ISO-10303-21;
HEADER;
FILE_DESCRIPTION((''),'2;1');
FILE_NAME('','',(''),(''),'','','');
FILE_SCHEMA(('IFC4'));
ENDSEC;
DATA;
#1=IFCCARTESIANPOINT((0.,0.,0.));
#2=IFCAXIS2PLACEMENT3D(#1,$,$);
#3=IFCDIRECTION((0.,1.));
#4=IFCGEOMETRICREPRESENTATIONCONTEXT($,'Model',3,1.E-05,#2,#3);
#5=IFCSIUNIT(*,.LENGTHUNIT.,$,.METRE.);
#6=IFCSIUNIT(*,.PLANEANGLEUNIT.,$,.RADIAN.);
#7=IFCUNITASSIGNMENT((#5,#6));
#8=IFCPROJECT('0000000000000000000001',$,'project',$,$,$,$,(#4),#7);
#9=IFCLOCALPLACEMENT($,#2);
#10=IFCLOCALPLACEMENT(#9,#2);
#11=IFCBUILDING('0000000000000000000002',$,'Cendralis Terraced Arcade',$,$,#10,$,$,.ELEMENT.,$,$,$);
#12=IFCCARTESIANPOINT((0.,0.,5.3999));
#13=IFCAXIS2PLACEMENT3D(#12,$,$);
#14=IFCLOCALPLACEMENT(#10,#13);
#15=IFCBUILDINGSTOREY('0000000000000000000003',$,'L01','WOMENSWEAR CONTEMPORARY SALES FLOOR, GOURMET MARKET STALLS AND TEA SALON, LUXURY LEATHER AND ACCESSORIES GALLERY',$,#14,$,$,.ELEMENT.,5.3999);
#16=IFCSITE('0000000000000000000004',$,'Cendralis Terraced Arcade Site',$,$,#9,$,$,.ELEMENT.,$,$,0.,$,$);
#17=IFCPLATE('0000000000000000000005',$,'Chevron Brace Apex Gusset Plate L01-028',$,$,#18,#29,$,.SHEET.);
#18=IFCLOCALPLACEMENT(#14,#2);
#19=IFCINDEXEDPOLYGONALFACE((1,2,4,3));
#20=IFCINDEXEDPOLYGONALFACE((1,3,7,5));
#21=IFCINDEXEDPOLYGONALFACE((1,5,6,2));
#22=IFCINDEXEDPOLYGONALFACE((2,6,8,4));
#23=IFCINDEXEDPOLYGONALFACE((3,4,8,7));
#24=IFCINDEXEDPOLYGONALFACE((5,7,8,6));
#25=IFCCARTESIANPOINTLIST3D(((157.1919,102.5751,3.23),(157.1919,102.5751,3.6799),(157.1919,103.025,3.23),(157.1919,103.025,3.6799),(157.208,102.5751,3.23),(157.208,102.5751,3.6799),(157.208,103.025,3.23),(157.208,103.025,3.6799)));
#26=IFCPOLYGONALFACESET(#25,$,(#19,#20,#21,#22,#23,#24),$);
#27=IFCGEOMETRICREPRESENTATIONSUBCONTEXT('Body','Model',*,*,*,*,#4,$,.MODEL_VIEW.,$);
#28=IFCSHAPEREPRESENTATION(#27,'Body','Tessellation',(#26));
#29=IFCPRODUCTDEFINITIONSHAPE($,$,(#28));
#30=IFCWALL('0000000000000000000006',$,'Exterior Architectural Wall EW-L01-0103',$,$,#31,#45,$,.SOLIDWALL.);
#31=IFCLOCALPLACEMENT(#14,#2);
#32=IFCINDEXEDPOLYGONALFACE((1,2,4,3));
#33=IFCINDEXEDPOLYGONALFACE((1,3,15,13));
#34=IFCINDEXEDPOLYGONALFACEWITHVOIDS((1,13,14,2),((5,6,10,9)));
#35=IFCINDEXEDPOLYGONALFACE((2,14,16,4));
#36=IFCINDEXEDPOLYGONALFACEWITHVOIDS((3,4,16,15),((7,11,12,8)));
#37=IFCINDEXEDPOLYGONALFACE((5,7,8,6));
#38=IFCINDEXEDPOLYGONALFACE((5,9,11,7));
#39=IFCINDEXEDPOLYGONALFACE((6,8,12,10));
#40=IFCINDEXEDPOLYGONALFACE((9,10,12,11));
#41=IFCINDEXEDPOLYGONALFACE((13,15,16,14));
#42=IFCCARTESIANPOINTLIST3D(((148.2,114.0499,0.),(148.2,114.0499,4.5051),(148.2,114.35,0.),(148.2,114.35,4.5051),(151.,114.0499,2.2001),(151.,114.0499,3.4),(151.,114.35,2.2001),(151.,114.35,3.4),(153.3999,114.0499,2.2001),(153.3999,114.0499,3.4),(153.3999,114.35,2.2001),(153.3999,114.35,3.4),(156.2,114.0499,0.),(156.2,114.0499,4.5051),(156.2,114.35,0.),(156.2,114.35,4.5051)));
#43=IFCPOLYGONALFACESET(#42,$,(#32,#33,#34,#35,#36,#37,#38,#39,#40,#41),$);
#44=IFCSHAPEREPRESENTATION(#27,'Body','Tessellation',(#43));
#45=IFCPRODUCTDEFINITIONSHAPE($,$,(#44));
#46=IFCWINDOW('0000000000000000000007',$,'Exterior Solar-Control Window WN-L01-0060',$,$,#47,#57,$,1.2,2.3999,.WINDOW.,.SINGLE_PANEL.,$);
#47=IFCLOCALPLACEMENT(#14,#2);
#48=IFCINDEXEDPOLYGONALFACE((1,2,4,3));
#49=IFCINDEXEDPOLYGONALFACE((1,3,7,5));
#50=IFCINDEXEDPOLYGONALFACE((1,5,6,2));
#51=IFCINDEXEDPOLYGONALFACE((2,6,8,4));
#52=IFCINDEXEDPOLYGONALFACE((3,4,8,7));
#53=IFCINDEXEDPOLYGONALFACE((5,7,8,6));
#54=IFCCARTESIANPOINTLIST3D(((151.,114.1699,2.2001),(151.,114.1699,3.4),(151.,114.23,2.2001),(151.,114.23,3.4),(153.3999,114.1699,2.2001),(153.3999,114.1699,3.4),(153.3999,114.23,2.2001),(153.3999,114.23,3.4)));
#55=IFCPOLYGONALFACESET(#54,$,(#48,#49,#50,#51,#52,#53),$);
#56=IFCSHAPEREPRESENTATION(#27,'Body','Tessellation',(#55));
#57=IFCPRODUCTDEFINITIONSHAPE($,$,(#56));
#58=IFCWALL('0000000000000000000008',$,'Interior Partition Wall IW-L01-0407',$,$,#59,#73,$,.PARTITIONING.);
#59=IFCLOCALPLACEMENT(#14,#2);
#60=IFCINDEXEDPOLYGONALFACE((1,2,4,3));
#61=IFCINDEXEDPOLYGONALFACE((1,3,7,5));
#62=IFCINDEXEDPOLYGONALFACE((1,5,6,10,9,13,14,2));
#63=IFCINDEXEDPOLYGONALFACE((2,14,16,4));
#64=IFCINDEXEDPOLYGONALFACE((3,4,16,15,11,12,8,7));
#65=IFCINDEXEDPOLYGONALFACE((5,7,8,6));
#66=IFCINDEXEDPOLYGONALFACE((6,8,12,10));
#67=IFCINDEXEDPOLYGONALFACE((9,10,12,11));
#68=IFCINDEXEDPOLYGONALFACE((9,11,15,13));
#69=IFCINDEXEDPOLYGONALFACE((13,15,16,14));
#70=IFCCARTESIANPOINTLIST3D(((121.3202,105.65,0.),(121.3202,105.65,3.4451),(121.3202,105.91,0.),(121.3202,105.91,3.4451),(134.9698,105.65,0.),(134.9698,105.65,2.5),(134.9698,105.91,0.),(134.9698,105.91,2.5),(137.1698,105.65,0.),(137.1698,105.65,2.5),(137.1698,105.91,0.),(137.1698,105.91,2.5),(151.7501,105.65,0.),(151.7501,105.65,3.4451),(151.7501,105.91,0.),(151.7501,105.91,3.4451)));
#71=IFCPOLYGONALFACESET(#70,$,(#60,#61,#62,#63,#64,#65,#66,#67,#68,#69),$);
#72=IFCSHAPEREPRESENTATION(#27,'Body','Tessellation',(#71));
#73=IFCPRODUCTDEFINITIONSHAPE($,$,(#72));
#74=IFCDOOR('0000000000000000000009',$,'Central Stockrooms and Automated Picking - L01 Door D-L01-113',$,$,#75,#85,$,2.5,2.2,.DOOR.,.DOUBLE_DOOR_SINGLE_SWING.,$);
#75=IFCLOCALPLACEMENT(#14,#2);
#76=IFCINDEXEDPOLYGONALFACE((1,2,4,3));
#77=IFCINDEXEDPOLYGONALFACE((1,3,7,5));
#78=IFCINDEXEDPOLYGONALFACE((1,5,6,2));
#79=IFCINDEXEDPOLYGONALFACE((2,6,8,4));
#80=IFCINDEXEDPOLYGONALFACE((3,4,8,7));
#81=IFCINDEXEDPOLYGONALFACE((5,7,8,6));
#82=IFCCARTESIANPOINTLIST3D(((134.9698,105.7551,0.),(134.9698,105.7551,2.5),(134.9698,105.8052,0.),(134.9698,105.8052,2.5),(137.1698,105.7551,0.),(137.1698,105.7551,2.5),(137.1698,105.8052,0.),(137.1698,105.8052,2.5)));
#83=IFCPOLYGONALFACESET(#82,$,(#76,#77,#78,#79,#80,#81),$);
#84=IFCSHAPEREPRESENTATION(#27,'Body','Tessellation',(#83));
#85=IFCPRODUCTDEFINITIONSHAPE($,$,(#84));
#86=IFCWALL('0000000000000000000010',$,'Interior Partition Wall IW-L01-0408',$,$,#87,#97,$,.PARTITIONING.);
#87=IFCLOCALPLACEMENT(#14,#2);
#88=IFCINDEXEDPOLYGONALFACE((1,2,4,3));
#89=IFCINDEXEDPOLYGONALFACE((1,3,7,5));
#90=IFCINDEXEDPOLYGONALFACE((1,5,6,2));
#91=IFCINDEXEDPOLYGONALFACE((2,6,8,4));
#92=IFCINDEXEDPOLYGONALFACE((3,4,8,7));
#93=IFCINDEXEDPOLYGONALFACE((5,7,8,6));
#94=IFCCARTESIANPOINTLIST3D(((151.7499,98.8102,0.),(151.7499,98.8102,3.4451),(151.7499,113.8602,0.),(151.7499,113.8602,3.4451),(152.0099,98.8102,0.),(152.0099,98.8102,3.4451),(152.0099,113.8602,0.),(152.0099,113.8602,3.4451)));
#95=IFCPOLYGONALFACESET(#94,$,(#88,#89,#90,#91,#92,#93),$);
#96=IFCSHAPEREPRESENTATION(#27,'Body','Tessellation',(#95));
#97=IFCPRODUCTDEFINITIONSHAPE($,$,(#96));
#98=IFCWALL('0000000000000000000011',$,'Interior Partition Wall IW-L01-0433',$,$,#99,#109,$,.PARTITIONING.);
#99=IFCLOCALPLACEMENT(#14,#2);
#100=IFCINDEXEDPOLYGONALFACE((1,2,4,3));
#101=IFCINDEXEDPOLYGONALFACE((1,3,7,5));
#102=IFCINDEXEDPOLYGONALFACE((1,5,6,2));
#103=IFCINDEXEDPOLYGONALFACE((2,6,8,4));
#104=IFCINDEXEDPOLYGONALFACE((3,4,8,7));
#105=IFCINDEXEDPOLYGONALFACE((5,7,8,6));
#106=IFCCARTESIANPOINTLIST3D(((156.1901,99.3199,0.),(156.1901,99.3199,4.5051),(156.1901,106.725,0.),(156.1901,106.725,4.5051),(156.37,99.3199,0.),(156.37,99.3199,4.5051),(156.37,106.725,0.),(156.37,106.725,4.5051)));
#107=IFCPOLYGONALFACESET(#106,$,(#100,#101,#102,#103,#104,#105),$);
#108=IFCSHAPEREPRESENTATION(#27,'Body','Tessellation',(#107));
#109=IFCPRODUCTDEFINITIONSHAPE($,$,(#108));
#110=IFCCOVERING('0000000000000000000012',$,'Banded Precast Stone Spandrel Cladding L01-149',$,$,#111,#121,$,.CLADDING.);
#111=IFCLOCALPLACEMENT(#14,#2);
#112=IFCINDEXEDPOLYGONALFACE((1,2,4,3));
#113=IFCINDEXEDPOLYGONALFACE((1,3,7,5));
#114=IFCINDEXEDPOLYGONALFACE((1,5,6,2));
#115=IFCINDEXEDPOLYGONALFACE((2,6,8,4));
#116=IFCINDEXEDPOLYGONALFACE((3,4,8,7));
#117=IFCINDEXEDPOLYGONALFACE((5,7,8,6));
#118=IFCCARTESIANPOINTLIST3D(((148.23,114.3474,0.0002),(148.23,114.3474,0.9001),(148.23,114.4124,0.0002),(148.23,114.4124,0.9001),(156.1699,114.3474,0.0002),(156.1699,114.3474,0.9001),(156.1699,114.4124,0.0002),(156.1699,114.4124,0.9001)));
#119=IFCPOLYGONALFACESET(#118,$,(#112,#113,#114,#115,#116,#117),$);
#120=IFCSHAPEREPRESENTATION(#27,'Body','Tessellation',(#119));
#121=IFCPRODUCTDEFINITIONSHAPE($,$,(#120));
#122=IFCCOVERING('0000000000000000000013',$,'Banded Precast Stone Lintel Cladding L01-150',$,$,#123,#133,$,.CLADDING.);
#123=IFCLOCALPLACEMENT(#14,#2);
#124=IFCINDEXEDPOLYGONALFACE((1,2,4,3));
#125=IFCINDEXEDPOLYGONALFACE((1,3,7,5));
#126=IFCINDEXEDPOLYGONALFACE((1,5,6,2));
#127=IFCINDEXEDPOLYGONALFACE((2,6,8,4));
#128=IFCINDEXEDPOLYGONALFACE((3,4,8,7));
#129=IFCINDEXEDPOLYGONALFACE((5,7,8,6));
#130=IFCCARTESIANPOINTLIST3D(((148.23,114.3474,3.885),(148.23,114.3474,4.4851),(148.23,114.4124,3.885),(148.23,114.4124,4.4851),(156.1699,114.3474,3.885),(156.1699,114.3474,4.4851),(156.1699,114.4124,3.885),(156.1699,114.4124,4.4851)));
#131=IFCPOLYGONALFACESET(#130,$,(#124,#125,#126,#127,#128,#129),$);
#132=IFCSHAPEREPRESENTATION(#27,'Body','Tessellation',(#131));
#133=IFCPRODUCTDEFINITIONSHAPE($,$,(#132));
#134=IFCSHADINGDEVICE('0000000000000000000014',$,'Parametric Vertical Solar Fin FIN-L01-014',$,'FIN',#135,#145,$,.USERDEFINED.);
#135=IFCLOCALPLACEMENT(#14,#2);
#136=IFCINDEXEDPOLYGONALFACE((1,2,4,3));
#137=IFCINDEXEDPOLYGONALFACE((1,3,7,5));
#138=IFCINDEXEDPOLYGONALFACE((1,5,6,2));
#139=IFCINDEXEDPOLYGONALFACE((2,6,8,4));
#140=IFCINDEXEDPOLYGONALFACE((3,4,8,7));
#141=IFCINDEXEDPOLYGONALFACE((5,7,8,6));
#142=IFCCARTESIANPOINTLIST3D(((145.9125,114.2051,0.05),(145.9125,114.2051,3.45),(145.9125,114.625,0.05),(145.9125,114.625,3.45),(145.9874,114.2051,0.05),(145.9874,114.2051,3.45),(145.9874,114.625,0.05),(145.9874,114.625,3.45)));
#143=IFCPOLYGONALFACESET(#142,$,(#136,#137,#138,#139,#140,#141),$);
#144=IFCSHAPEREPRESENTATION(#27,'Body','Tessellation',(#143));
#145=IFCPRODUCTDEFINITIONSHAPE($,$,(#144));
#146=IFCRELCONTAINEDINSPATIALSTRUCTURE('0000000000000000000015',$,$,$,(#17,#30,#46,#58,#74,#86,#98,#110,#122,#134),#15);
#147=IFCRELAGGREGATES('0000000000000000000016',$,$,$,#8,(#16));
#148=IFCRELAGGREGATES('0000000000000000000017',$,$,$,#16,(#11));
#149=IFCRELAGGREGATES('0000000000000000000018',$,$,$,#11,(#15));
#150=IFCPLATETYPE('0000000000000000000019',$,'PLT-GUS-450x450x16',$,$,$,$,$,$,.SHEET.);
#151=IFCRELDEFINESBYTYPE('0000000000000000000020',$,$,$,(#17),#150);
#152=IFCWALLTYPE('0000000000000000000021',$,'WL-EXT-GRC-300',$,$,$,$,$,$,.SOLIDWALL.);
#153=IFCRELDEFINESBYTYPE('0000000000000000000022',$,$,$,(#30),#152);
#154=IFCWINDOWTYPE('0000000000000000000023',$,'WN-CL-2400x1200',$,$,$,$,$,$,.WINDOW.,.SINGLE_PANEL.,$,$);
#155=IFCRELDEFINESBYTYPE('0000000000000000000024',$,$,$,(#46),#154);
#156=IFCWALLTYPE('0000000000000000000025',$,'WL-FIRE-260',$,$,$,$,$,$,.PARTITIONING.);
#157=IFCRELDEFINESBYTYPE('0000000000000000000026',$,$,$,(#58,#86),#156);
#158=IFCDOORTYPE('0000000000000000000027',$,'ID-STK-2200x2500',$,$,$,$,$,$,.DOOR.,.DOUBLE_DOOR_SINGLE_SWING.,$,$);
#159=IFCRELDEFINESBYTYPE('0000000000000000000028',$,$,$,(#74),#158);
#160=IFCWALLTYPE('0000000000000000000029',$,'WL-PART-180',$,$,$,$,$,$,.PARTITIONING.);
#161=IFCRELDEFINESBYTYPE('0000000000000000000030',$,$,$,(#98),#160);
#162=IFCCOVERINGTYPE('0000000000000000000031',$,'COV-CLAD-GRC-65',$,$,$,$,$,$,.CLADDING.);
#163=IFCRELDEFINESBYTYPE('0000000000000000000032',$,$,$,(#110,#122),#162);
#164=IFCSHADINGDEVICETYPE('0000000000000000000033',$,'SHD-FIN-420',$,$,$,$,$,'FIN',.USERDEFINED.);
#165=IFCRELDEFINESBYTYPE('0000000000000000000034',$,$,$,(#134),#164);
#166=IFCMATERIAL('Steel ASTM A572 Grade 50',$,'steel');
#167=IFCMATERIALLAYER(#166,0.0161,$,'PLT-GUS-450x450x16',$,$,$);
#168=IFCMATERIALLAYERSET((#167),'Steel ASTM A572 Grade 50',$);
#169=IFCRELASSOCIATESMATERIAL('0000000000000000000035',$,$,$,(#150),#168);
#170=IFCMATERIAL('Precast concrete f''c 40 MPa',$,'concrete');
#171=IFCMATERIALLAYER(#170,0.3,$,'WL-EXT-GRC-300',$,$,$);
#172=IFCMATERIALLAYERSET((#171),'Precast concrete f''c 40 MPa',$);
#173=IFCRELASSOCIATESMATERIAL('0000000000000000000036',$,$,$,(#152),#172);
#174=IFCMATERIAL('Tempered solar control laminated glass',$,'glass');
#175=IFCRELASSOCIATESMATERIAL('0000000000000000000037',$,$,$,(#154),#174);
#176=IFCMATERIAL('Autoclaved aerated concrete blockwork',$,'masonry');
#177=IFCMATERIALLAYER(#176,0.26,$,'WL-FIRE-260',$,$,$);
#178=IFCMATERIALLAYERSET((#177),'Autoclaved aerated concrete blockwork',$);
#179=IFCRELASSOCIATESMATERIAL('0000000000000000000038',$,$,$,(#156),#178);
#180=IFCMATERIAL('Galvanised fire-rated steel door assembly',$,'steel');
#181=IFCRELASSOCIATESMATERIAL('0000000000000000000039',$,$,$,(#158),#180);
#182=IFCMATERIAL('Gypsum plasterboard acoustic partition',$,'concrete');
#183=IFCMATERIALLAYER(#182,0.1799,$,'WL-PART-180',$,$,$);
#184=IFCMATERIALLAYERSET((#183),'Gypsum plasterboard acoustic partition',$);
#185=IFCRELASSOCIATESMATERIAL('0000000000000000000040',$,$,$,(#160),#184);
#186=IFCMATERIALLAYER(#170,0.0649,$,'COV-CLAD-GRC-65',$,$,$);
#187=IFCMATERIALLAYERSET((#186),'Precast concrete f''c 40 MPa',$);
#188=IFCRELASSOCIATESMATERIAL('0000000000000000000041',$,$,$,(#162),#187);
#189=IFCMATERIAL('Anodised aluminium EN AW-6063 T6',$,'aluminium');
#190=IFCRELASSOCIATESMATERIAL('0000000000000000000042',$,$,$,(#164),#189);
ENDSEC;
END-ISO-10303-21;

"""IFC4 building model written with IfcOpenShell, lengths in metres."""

from ifc_helpers import new_model, si_unit, direction, frame, frame_2d, origin, origin_2d, place, context, subcontext, project, spatial, rectangle, extrude, material, layer, layer_set, type_object, element, fill, save


model = new_model("IFC4")

# Units and contexts
model_context = context("Model", 3, precision=1e-05, world=origin(), true_north=direction((0.0, 1.0)))
body_context = subcontext(model_context, "Body", "Model", "MODEL_VIEW")
ifc_project = project(units=[si_unit("LENGTHUNIT", "METRE"), si_unit("PLANEANGLEUNIT", "RADIAN")], contexts=[model_context])

# Site, building, storey
site_placement = place(None, origin())
site = spatial("IfcSite", under=ifc_project, at=site_placement, Name="Cendralis Terraced Arcade Site", CompositionType="ELEMENT", RefElevation=0.0)
building_placement = place(site_placement, origin())
building = spatial("IfcBuilding", under=site, at=building_placement, Name="Cendralis Terraced Arcade", CompositionType="ELEMENT")
storey_placement = place(building_placement, frame((0.0, 0.0, 5.3999)))
storey = spatial("IfcBuildingStorey", under=building, at=storey_placement, Name="L01", Description="WOMENSWEAR CONTEMPORARY SALES FLOOR, GOURMET MARKET STALLS AND TEA SALON, LUXURY LEATHER AND ACCESSORIES GALLERY", CompositionType="ELEMENT", Elevation=5.3999)

# Shared definitions
ifc_material_1 = material(Name="Anodised aluminium EN AW-6063 T6", Category="aluminium")

# Shared definitions
ifc_material_2 = material(Name="Steel ASTM A572 Grade 50", Category="steel")

# Shared definitions
ifc_material_3 = material(Name="Tempered solar control laminated glass", Category="glass")

# Plate
ifc_layer_1 = layer(ifc_material_2, 0.0161, Name="PLT-GUS-450x450x16")
ifc_layer_set_1 = layer_set([ifc_layer_1], Name="Steel ASTM A572 Grade 50")
plate_type_1 = type_object("IfcPlateType", Name="PLT-GUS-450x450x16", PredefinedType="SHEET", material=ifc_layer_set_1)
plate_1_placement = place(storey_placement, frame((157.2, 102.8, 3.23), z_axis=(0.0, 0.0, 1.0), x_axis=(0.0, 1.0, 0.0)))
element("IfcPlate", 1, at=plate_1_placement, inside=storey, type_object=plate_type_1, Name="Chevron Brace Apex Gusset Plate L01-028", PredefinedType="SHEET", context=body_context, shape_type="SweptSolid", body=[
    extrude(rectangle(XDim=0.45, YDim=0.0161, at=origin_2d()), origin(), (0.0, 0.0, 1.0), 0.45),
])

# Wall, opening, window
ifc_material_4 = material(Name="Precast concrete f'c 40 MPa", Category="concrete")
ifc_layer_2 = layer(ifc_material_4, 0.3, Name="WL-EXT-GRC-300")
ifc_layer_set_2 = layer_set([ifc_layer_2], Name="Precast concrete f'c 40 MPa")
wall_type_1 = type_object("IfcWallType", Name="WL-EXT-GRC-300", PredefinedType="SOLIDWALL", material=ifc_layer_set_2)
wall_1_placement = place(storey_placement, frame((148.2, 114.2, 0.0), z_axis=(0.0, 0.0, 1.0), x_axis=(1.0, 0.0, 0.0)))
wall_1 = element("IfcWall", 2, at=wall_1_placement, inside=storey, type_object=wall_type_1, Name="Exterior Architectural Wall EW-L01-0103", PredefinedType="SOLIDWALL", context=body_context, shape_type="SweptSolid", body=[
    extrude(rectangle(XDim=8.0, YDim=0.3, at=frame_2d((4.0, 0.0))), origin(), (0.0, 0.0, 1.0), 4.5051),
])
opening_1_placement = place(wall_1_placement, frame((2.8, 0.0, 2.2)))
opening_1 = element("IfcOpeningElement", 3, at=opening_1_placement, cuts=wall_1, PredefinedType="OPENING", context=body_context, shape_type="SweptSolid", body=[
    extrude(rectangle(XDim=2.3999, YDim=1.2, at=frame_2d((1.2, 0.6001))), frame((0.0, 0.1621, 0.0), z_axis=(0.0, -1.0, 0.0), x_axis=(1.0, 0.0, 0.0)), (0.0, 0.0, 1.0), 0.324),
])
window_type = type_object("IfcWindowType", Name="WN-CL-2400x1200", PartitioningType="SINGLE_PANEL", PredefinedType="WINDOW", material=ifc_material_3)
window_placement = place(opening_1_placement, origin())
window = element("IfcWindow", 4, at=window_placement, inside=storey, type_object=window_type, Name="Exterior Solar-Control Window WN-L01-0060", OverallHeight=1.2, OverallWidth=2.3999, PartitioningType="SINGLE_PANEL", PredefinedType="WINDOW", context=body_context, shape_type="SweptSolid", body=[
    extrude(rectangle(XDim=2.3999, YDim=1.2, at=frame_2d((1.2, 0.6001))), frame((0.0, 0.03, 0.0), z_axis=(0.0, -1.0, 0.0), x_axis=(1.0, 0.0, 0.0)), (0.0, 0.0, 1.0), 0.0601),
])
fill(opening_1, window)

# Wall, opening, door
ifc_material_5 = material(Name="Autoclaved aerated concrete blockwork", Category="masonry")
ifc_layer_3 = layer(ifc_material_5, 0.26, Name="WL-FIRE-260")
ifc_layer_set_3 = layer_set([ifc_layer_3], Name="Autoclaved aerated concrete blockwork")
wall_type_2 = type_object("IfcWallType", Name="WL-FIRE-260", PredefinedType="PARTITIONING", material=ifc_layer_set_3)
wall_2_placement = place(storey_placement, frame((151.75, 105.78, 0.0), z_axis=(0.0, 0.0, 1.0), x_axis=(-1.0, 0.0, 0.0)))
wall_2 = element("IfcWall", 5, at=wall_2_placement, inside=storey, type_object=wall_type_2, Name="Interior Partition Wall IW-L01-0407", PredefinedType="PARTITIONING", context=body_context, shape_type="SweptSolid", body=[
    extrude(rectangle(XDim=30.4299, YDim=0.26, at=frame_2d((15.2148, 0.0))), origin(), (0.0, 0.0, 1.0), 3.4451),
])
opening_2_placement = place(wall_2_placement, frame((14.5801, 0.0, 0.0)))
opening_2 = element("IfcOpeningElement", 6, at=opening_2_placement, cuts=wall_2, PredefinedType="OPENING", context=body_context, shape_type="SweptSolid", body=[
    extrude(rectangle(XDim=2.2, YDim=2.5, at=frame_2d((1.1001, 1.25))), frame((0.0, 0.1421, 0.0), z_axis=(0.0, -1.0, 0.0), x_axis=(1.0, 0.0, 0.0)), (0.0, 0.0, 1.0), 0.2839),
])
ifc_material_6 = material(Name="Galvanised fire-rated steel door assembly", Category="steel")
door_type = type_object("IfcDoorType", Name="ID-STK-2200x2500", OperationType="DOUBLE_DOOR_SINGLE_SWING", PredefinedType="DOOR", material=ifc_material_6)
door_placement = place(opening_2_placement, origin())
door = element("IfcDoor", 7, at=door_placement, inside=storey, type_object=door_type, Name="Central Stockrooms and Automated Picking - L01 Door D-L01-113", OperationType="DOUBLE_DOOR_SINGLE_SWING", OverallHeight=2.5, OverallWidth=2.2, PredefinedType="DOOR", context=body_context, shape_type="SweptSolid", body=[
    extrude(rectangle(XDim=2.2, YDim=2.5, at=frame_2d((1.1001, 1.25))), frame((0.0, 0.0249, 0.0), z_axis=(0.0, -1.0, 0.0), x_axis=(1.0, 0.0, 0.0)), (0.0, 0.0, 1.0), 0.05),
])
fill(opening_2, door)

# Walls
wall_3_placement = place(storey_placement, frame((151.8799, 113.8601, 0.0), z_axis=(0.0, 0.0, 1.0), x_axis=(0.0, -1.0, 0.0)))
element("IfcWall", 8, at=wall_3_placement, inside=storey, type_object=wall_type_2, Name="Interior Partition Wall IW-L01-0408", PredefinedType="PARTITIONING", context=body_context, shape_type="SweptSolid", body=[
    extrude(rectangle(XDim=15.05, YDim=0.26, at=frame_2d((7.5249, 0.0))), origin(), (0.0, 0.0, 1.0), 3.4451),
])
ifc_material_7 = material(Name="Gypsum plasterboard acoustic partition", Category="concrete")
ifc_layer_4 = layer(ifc_material_7, 0.1799, Name="WL-PART-180")
ifc_layer_set_4 = layer_set([ifc_layer_4], Name="Gypsum plasterboard acoustic partition")
wall_type_3 = type_object("IfcWallType", Name="WL-PART-180", PredefinedType="PARTITIONING", material=ifc_layer_set_4)
wall_4_placement = place(storey_placement, frame((156.28, 106.7251, 0.0), z_axis=(0.0, 0.0, 1.0), x_axis=(0.0, -1.0, 0.0)))
element("IfcWall", 9, at=wall_4_placement, inside=storey, type_object=wall_type_3, Name="Interior Partition Wall IW-L01-0433", PredefinedType="PARTITIONING", context=body_context, shape_type="SweptSolid", body=[
    extrude(rectangle(XDim=7.405, YDim=0.1799, at=frame_2d((3.7026, 0.0))), origin(), (0.0, 0.0, 1.0), 4.5051),
])

# Coverings
ifc_layer_5 = layer(ifc_material_4, 0.0649, Name="COV-CLAD-GRC-65")
ifc_layer_set_5 = layer_set([ifc_layer_5], Name="Precast concrete f'c 40 MPa")
covering_type = type_object("IfcCoveringType", Name="COV-CLAD-GRC-65", PredefinedType="CLADDING", material=ifc_layer_set_5)
covering_1_placement = place(storey_placement, frame((152.2, 114.3799, 0.0002), z_axis=(0.0, 0.0, 1.0), x_axis=(1.0, 0.0, 0.0)))
element("IfcCovering", 10, at=covering_1_placement, inside=storey, type_object=covering_type, Name="Banded Precast Stone Spandrel Cladding L01-149", PredefinedType="CLADDING", context=body_context, shape_type="SweptSolid", body=[
    extrude(rectangle(XDim=7.9399, YDim=0.0649, at=origin_2d()), origin(), (0.0, 0.0, 1.0), 0.8999),
])
covering_2_placement = place(storey_placement, frame((152.2, 114.3799, 3.885), z_axis=(0.0, 0.0, 1.0), x_axis=(1.0, 0.0, 0.0)))
element("IfcCovering", 11, at=covering_2_placement, inside=storey, type_object=covering_type, Name="Banded Precast Stone Lintel Cladding L01-150", PredefinedType="CLADDING", context=body_context, shape_type="SweptSolid", body=[
    extrude(rectangle(XDim=7.9399, YDim=0.0649, at=origin_2d()), origin(), (0.0, 0.0, 1.0), 0.6001),
])

# Shading device
shading_device_type = type_object("IfcShadingDeviceType", Name="SHD-FIN-420", ElementType="FIN", PredefinedType="USERDEFINED", material=ifc_material_1)
shading_device_placement = place(storey_placement, frame((145.95, 114.415, 0.05), z_axis=(0.0, 0.0, 1.0), x_axis=(1.0, 0.0, 0.0)))
element("IfcShadingDevice", 12, at=shading_device_placement, inside=storey, type_object=shading_device_type, Name="Parametric Vertical Solar Fin FIN-L01-014", ObjectType="FIN", PredefinedType="USERDEFINED", context=body_context, shape_type="SweptSolid", body=[
    extrude(rectangle(XDim=0.075, YDim=0.4199, at=origin_2d()), origin(), (0.0, 0.0, 1.0), 3.3999),
])

save(model, "model.ifc")
